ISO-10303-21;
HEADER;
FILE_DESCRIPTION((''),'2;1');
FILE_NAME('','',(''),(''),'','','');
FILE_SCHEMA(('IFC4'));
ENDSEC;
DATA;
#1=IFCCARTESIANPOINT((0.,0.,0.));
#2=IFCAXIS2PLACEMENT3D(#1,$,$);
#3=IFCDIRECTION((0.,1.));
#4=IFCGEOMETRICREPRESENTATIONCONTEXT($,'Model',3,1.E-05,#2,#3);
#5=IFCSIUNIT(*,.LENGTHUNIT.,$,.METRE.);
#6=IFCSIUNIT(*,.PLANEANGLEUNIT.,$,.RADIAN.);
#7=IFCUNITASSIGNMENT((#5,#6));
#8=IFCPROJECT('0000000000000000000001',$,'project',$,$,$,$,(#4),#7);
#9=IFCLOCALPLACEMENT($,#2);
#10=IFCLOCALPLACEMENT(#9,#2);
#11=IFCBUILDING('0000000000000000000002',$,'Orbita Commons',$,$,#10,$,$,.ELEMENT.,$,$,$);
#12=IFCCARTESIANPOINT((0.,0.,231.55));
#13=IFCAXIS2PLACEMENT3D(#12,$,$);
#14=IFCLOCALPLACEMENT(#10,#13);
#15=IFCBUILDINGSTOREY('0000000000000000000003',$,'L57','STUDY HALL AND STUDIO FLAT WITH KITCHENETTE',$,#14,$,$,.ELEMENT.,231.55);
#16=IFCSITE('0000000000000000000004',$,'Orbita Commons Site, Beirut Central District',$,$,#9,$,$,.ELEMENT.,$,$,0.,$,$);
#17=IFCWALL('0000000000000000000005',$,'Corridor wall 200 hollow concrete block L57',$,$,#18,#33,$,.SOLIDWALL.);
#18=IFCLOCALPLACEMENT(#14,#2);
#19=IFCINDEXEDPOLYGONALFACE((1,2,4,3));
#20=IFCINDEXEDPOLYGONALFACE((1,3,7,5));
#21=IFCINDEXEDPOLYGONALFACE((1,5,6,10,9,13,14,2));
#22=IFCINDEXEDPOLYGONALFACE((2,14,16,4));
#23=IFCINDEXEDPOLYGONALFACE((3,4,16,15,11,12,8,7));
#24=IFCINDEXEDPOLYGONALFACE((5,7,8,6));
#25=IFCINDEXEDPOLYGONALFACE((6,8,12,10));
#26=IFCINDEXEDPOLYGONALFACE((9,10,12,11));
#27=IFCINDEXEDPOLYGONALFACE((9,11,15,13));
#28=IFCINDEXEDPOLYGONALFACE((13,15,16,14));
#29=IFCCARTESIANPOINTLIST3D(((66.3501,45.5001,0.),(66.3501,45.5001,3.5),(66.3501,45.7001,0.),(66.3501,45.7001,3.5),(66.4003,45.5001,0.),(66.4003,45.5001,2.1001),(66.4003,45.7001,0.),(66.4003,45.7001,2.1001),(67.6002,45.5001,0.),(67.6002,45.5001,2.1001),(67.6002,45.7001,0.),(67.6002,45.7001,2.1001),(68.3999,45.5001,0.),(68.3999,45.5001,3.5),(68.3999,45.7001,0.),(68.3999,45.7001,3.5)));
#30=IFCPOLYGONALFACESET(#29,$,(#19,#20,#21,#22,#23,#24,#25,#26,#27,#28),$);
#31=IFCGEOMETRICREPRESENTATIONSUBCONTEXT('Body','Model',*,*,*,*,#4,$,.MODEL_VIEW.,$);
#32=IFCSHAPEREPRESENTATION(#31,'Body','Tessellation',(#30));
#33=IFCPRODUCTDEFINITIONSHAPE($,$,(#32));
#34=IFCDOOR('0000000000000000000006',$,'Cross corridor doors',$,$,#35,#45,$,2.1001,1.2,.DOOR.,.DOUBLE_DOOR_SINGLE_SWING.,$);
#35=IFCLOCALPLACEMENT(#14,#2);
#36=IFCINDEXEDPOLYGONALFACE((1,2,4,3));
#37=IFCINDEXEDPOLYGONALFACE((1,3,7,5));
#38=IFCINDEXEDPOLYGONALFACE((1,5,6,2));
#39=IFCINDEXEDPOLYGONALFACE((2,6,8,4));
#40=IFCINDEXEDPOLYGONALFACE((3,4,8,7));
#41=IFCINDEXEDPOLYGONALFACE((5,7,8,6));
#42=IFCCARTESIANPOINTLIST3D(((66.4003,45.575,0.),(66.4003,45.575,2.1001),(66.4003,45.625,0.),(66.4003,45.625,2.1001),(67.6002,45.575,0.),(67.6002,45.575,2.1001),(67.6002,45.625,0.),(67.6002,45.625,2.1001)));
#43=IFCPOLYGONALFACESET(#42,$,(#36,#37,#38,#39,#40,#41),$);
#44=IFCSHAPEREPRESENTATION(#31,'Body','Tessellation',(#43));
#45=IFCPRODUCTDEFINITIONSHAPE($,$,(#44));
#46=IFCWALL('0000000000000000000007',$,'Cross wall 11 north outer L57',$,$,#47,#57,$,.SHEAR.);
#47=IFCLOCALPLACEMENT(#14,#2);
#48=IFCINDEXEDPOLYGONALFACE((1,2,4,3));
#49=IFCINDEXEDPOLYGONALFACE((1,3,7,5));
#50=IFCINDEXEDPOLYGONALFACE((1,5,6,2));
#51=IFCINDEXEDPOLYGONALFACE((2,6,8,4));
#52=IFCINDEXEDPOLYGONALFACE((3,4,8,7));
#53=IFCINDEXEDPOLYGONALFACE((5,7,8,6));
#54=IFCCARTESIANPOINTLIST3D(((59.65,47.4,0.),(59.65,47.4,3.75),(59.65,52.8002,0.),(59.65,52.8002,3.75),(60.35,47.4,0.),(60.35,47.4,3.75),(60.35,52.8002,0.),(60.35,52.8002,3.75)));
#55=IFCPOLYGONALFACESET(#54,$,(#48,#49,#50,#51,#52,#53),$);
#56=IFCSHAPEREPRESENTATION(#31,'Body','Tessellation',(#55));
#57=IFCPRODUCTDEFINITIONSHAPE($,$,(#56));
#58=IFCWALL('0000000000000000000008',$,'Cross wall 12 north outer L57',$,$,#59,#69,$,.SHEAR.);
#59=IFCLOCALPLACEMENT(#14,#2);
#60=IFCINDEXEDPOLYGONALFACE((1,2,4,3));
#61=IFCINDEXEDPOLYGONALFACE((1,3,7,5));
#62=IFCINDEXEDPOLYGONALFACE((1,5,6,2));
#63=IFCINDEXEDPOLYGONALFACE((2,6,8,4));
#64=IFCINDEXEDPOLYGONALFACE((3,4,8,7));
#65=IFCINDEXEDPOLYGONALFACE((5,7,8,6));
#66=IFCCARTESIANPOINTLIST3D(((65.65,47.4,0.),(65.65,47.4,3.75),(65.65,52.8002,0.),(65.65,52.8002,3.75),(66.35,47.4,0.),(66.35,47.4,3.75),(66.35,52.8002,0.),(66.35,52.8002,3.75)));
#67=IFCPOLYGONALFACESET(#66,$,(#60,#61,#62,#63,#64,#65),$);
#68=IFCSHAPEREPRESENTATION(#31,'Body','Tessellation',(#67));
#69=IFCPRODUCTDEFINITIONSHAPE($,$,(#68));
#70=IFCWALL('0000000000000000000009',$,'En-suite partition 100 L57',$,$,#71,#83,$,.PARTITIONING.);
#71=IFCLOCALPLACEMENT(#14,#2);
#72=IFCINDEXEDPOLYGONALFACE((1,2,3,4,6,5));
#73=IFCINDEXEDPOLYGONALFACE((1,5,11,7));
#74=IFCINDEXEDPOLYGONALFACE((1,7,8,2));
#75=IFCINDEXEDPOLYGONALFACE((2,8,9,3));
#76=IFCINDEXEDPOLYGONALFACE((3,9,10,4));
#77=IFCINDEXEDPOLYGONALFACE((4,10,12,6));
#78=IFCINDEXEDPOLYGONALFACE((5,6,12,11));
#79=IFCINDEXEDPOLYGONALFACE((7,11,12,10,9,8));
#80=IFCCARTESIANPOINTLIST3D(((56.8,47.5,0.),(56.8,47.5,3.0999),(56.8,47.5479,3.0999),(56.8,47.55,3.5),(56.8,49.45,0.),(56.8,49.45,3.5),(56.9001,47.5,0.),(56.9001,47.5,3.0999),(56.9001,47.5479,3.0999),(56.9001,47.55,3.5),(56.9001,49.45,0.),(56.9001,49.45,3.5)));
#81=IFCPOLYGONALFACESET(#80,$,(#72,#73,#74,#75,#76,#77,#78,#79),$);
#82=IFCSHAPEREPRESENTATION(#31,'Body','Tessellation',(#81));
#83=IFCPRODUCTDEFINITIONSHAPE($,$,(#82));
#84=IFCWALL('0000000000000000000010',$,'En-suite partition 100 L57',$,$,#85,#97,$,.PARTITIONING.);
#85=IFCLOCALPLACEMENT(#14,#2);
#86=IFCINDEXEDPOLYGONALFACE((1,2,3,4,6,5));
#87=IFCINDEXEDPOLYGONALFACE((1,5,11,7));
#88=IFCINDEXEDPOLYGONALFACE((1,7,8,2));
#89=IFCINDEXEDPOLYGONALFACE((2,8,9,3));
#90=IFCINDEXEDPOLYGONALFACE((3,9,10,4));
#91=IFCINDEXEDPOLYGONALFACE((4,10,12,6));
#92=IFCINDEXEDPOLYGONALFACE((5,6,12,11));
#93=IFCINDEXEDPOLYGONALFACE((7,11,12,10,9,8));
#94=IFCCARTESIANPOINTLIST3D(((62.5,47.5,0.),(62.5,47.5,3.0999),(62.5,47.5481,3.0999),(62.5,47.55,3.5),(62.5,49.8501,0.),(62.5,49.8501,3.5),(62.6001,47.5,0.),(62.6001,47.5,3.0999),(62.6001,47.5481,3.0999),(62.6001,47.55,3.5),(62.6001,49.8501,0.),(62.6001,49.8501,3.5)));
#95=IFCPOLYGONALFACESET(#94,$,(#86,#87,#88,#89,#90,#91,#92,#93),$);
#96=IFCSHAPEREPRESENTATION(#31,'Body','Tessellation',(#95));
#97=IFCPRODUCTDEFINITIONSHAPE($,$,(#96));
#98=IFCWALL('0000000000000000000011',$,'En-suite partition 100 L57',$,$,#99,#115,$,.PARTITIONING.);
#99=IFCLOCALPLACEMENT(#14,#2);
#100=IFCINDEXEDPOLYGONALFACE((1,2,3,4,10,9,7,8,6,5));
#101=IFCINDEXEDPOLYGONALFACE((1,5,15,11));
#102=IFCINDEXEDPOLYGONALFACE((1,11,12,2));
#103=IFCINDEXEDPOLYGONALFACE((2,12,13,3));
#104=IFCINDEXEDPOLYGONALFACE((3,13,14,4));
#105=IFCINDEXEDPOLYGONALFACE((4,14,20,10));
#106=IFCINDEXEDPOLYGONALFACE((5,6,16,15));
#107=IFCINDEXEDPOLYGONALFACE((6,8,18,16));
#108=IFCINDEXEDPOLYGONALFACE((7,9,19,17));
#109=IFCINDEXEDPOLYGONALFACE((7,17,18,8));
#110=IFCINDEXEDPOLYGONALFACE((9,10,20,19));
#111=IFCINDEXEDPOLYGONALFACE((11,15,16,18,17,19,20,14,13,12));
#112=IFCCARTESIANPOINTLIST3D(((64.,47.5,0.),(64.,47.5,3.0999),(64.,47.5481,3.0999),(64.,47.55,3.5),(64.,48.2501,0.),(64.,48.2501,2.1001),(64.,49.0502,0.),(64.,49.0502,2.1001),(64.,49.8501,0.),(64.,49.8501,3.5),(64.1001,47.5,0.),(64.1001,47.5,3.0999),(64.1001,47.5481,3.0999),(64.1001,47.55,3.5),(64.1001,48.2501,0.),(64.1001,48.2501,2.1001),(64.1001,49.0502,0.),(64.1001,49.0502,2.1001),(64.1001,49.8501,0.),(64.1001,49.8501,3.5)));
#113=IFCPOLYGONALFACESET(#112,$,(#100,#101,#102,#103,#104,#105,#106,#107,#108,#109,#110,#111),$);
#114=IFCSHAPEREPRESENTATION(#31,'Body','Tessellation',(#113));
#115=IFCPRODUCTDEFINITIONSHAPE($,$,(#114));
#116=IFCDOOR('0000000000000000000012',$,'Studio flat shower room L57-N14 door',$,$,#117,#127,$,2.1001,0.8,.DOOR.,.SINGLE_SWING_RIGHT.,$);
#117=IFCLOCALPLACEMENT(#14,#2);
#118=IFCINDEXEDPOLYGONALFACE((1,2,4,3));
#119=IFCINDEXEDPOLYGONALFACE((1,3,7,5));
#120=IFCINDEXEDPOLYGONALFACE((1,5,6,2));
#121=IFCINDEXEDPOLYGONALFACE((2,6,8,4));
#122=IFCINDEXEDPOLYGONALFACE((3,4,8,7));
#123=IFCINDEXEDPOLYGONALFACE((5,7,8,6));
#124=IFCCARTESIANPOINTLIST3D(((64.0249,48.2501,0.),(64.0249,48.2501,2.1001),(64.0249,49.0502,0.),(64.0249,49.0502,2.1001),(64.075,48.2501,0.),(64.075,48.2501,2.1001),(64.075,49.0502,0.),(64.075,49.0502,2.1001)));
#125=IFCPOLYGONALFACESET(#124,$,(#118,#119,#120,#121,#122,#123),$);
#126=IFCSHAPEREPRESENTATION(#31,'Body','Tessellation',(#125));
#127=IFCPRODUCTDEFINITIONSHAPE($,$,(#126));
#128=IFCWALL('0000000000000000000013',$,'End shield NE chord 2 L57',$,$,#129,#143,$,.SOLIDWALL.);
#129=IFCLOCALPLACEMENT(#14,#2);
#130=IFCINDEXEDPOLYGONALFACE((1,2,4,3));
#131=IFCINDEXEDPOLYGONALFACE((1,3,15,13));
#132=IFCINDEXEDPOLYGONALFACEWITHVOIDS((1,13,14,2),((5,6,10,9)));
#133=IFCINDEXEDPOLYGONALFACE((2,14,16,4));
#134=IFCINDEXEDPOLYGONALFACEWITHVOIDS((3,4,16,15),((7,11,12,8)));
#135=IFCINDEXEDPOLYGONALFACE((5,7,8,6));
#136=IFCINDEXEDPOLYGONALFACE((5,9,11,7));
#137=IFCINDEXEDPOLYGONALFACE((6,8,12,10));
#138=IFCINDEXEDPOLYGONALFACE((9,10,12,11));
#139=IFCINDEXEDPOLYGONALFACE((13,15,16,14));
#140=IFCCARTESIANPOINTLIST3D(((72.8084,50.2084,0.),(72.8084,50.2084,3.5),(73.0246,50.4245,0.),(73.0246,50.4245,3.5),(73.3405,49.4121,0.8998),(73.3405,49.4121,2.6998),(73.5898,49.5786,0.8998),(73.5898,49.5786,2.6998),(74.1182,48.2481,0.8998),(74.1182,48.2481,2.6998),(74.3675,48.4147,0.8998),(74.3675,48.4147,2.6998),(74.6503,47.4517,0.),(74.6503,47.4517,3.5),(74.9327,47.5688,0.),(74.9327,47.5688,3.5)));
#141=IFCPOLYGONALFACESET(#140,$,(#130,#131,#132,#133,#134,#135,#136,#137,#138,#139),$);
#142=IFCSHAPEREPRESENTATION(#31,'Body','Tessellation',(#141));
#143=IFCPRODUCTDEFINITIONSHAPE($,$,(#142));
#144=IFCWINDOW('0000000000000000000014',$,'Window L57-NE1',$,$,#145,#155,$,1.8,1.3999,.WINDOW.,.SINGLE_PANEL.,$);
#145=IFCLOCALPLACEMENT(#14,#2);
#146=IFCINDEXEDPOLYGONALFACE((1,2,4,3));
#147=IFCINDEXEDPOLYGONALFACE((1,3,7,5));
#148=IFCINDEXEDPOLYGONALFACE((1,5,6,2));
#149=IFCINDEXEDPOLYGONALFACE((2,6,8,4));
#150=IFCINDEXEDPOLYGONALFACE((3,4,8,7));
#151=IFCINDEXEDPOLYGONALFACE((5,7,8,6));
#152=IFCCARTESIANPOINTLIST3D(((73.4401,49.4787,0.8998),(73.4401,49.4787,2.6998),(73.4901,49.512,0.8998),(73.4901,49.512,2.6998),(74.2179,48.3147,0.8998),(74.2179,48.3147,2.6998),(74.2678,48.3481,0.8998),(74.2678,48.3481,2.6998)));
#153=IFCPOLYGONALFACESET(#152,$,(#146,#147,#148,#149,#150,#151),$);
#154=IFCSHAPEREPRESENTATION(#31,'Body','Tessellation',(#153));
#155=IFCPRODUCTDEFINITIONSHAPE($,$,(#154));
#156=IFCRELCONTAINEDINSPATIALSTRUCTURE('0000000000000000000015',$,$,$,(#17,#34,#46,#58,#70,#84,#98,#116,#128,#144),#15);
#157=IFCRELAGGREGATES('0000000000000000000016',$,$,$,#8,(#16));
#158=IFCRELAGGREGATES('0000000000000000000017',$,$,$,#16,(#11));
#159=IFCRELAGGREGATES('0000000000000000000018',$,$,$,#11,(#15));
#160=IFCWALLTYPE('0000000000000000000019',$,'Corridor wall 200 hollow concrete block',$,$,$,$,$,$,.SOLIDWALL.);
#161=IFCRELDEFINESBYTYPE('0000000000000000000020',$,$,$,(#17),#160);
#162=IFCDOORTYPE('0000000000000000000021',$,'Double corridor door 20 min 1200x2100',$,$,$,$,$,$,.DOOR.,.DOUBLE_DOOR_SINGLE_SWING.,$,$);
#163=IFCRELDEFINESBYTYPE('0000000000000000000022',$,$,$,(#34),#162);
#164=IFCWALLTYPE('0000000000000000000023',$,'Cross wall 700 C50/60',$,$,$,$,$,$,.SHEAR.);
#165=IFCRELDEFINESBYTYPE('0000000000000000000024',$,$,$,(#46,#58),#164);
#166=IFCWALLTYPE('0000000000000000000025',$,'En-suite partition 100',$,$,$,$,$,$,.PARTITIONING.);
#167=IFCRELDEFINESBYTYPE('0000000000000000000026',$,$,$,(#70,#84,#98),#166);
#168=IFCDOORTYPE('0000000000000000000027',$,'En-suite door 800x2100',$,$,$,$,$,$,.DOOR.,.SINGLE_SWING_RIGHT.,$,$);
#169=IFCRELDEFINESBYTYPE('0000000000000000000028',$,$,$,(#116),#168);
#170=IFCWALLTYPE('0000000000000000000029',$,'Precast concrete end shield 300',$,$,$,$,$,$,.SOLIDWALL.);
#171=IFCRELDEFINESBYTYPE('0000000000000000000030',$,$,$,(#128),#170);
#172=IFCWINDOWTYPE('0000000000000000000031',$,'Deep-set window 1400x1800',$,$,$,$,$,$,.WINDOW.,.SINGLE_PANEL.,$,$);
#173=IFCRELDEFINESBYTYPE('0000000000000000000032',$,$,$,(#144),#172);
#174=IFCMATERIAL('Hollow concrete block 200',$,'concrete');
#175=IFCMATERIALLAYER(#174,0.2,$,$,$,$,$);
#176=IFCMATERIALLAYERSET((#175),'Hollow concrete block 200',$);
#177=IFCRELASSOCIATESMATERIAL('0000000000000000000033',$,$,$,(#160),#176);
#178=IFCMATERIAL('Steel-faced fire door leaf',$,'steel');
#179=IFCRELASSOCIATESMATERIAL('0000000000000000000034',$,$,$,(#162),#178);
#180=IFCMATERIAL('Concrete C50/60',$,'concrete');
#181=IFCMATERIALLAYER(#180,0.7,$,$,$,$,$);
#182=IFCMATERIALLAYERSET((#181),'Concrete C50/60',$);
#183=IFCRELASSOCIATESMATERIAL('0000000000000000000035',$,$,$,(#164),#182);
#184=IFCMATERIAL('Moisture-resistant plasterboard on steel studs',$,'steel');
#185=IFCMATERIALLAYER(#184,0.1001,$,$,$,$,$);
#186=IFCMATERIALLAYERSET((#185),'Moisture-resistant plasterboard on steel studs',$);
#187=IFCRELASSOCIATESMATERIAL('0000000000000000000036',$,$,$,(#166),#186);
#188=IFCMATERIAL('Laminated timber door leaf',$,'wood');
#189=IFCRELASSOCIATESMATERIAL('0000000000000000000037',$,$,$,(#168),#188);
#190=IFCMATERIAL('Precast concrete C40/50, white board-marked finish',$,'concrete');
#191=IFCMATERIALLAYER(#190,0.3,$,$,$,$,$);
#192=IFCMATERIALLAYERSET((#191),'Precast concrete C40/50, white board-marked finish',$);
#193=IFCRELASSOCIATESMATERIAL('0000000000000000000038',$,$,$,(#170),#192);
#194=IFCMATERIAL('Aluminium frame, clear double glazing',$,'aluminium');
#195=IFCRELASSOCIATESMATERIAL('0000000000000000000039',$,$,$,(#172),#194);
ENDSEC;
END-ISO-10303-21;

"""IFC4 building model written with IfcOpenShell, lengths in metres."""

from ifc_helpers import new_model, si_unit, direction, frame, frame_2d, origin, place, context, subcontext, project, spatial, polyline, rectangle, outline, extrude, material, layer, layer_set, type_object, element, fill, save


model = new_model("IFC4")

# Units and contexts
model_context = context("Model", 3, precision=1e-05, world=origin(), true_north=direction((0.0, 1.0)))
body_context = subcontext(model_context, "Body", "Model", "MODEL_VIEW")
ifc_project = project(units=[si_unit("LENGTHUNIT", "METRE"), si_unit("PLANEANGLEUNIT", "RADIAN")], contexts=[model_context])

# Site, building, storey
site_placement = place(None, origin())
site = spatial("IfcSite", under=ifc_project, at=site_placement, Name="Orbita Commons Site, Beirut Central District", CompositionType="ELEMENT", RefElevation=0.0)
building_placement = place(site_placement, origin())
building = spatial("IfcBuilding", under=site, at=building_placement, Name="Orbita Commons", CompositionType="ELEMENT")
storey_placement = place(building_placement, frame((0.0, 0.0, 231.55)))
storey = spatial("IfcBuildingStorey", under=building, at=storey_placement, Name="L57", Description="STUDY HALL AND STUDIO FLAT WITH KITCHENETTE", CompositionType="ELEMENT", Elevation=231.55)

# Shared definitions
ifc_material_1 = material(Name="Hollow concrete block 200", Category="concrete")
ifc_layer_1 = layer(ifc_material_1, 0.2)
ifc_layer_set_1 = layer_set([ifc_layer_1], Name="Hollow concrete block 200")
wall_type_1 = type_object("IfcWallType", Name="Corridor wall 200 hollow concrete block", PredefinedType="SOLIDWALL", material=ifc_layer_set_1)

# Wall, opening, door
wall_1_placement = place(storey_placement, frame((66.3501, 45.6001, 0.0), z_axis=(0.0, 0.0, 1.0), x_axis=(1.0, 0.0, 0.0)))
wall_1 = element("IfcWall", 1, at=wall_1_placement, inside=storey, type_object=wall_type_1, Name="Corridor wall 200 hollow concrete block L57", PredefinedType="SOLIDWALL", context=body_context, shape_type="SweptSolid", body=[
    extrude(rectangle(XDim=2.0498, YDim=0.2, at=frame_2d((1.0249, 0.0))), origin(), (0.0, 0.0, 1.0), 3.5),
])
opening_1_placement = place(wall_1_placement, frame((0.05, 0.0, 0.0)))
opening_1 = element("IfcOpeningElement", 2, at=opening_1_placement, cuts=wall_1, PredefinedType="OPENING", context=body_context, shape_type="SweptSolid", body=[
    extrude(rectangle(XDim=1.2, YDim=2.1001, at=frame_2d((0.6001, 1.05))), frame((0.0, 0.1099, 0.0), z_axis=(0.0, -1.0, 0.0), x_axis=(1.0, 0.0, 0.0)), (0.0, 0.0, 1.0), 0.22),
])
ifc_material_2 = material(Name="Steel-faced fire door leaf", Category="steel")
door_type_1 = type_object("IfcDoorType", Name="Double corridor door 20 min 1200x2100", OperationType="DOUBLE_DOOR_SINGLE_SWING", PredefinedType="DOOR", material=ifc_material_2)
door_1_placement = place(opening_1_placement, origin())
door_1 = element("IfcDoor", 3, at=door_1_placement, inside=storey, type_object=door_type_1, Name="Cross corridor doors", OperationType="DOUBLE_DOOR_SINGLE_SWING", OverallHeight=2.1001, OverallWidth=1.2, PredefinedType="DOOR", context=body_context, shape_type="SweptSolid", body=[
    extrude(rectangle(XDim=1.2, YDim=2.1001, at=frame_2d((0.6001, 1.05))), frame((0.0, 0.0249, 0.0), z_axis=(0.0, -1.0, 0.0), x_axis=(1.0, 0.0, 0.0)), (0.0, 0.0, 1.0), 0.05),
])
fill(opening_1, door_1)

# Walls
ifc_material_3 = material(Name="Concrete C50/60", Category="concrete")
ifc_layer_2 = layer(ifc_material_3, 0.7)
ifc_layer_set_2 = layer_set([ifc_layer_2], Name="Concrete C50/60")
wall_type_2 = type_object("IfcWallType", Name="Cross wall 700 C50/60", PredefinedType="SHEAR", material=ifc_layer_set_2)
for number, where, z_axis, x_axis, name in (
    (4, (60.0, 47.3999, 0.0), (0.0, 0.0, 1.0), (0.0, 1.0, 0.0), "Cross wall 11 north outer L57"),
    (5, (66.0, 47.3999, 0.0), (0.0, 0.0, 1.0), (0.0, 1.0, 0.0), "Cross wall 12 north outer L57"),
):
    element("IfcWall", number, at=place(storey_placement, frame(where, z_axis=z_axis, x_axis=x_axis)), inside=storey, type_object=wall_type_2, Name=name, PredefinedType="SHEAR", context=body_context, shape_type="SweptSolid", body=[
        extrude(rectangle(XDim=5.4001, YDim=0.7, at=frame_2d((2.7002, 0.0))), origin(), (0.0, 0.0, 1.0), 3.75),
    ])
ifc_material_4 = material(Name="Moisture-resistant plasterboard on steel studs", Category="steel")
ifc_layer_3 = layer(ifc_material_4, 0.1001)
ifc_layer_set_3 = layer_set([ifc_layer_3], Name="Moisture-resistant plasterboard on steel studs")
wall_type_3 = type_object("IfcWallType", Name="En-suite partition 100", PredefinedType="PARTITIONING", material=ifc_layer_set_3)
wall_2_placement = place(storey_placement, frame((56.8501, 49.45, 0.0), z_axis=(0.0, 0.0, 1.0), x_axis=(0.0, -1.0, 0.0)))
element("IfcWall", 6, at=wall_2_placement, inside=storey, type_object=wall_type_3, Name="En-suite partition 100 L57", PredefinedType="PARTITIONING", context=body_context, shape_type="SweptSolid", body=[
    extrude(outline(polyline([(0.0, 0.0), (1.95, 0.0), (1.95, 3.0999), (1.9021, 3.0999), (1.8999, 3.5), (0.0, 3.5), (0.0, 0.0)])), frame((0.0, 0.05, 0.0), z_axis=(0.0, -1.0, 0.0), x_axis=(1.0, 0.0, 0.0)), (0.0, 0.0, 1.0), 0.1001),
])
wall_3_placement = place(storey_placement, frame((62.55, 49.8501, 0.0), z_axis=(0.0, 0.0, 1.0), x_axis=(0.0, -1.0, 0.0)))
element("IfcWall", 7, at=wall_3_placement, inside=storey, type_object=wall_type_3, Name="En-suite partition 100 L57", PredefinedType="PARTITIONING", context=body_context, shape_type="SweptSolid", body=[
    extrude(outline(polyline([(0.0, 0.0), (2.3501, 0.0), (2.3501, 3.0999), (2.302, 3.0999), (2.3, 3.5), (0.0, 3.5), (0.0, 0.0)])), frame((0.0, 0.05, 0.0), z_axis=(0.0, -1.0, 0.0), x_axis=(1.0, 0.0, 0.0)), (0.0, 0.0, 1.0), 0.1001),
])

# Wall, opening, door
wall_4_placement = place(storey_placement, frame((64.05, 49.8501, 0.0), z_axis=(0.0, 0.0, 1.0), x_axis=(0.0, -1.0, 0.0)))
wall_4 = element("IfcWall", 8, at=wall_4_placement, inside=storey, type_object=wall_type_3, Name="En-suite partition 100 L57", PredefinedType="PARTITIONING", context=body_context, shape_type="SweptSolid", body=[
    extrude(outline(polyline([(0.0, 0.0), (2.3501, 0.0), (2.3501, 3.0999), (2.302, 3.0999), (2.3, 3.5), (0.0, 3.5), (0.0, 0.0)])), frame((0.0, 0.05, 0.0), z_axis=(0.0, -1.0, 0.0), x_axis=(1.0, 0.0, 0.0)), (0.0, 0.0, 1.0), 0.1001),
])
opening_2_placement = place(wall_4_placement, frame((0.8, 0.0, 0.0)))
opening_2 = element("IfcOpeningElement", 9, at=opening_2_placement, cuts=wall_4, PredefinedType="OPENING", context=body_context, shape_type="SweptSolid", body=[
    extrude(rectangle(XDim=0.8, YDim=2.1001, at=frame_2d((0.3999, 1.05))), frame((0.0, 0.0601, 0.0), z_axis=(0.0, -1.0, 0.0), x_axis=(1.0, 0.0, 0.0)), (0.0, 0.0, 1.0), 0.1201),
])
ifc_material_5 = material(Name="Laminated timber door leaf", Category="wood")
door_type_2 = type_object("IfcDoorType", Name="En-suite door 800x2100", OperationType="SINGLE_SWING_RIGHT", PredefinedType="DOOR", material=ifc_material_5)
door_2_placement = place(opening_2_placement, origin())
door_2 = element("IfcDoor", 10, at=door_2_placement, inside=storey, type_object=door_type_2, Name="Studio flat shower room L57-N14 door", OperationType="SINGLE_SWING_RIGHT", OverallHeight=2.1001, OverallWidth=0.8, PredefinedType="DOOR", context=body_context, shape_type="SweptSolid", body=[
    extrude(rectangle(XDim=0.8, YDim=2.1001, at=frame_2d((0.3999, 1.05))), frame((0.0, 0.0249, 0.0), z_axis=(0.0, -1.0, 0.0), x_axis=(1.0, 0.0, 0.0)), (0.0, 0.0, 1.0), 0.05),
])
fill(opening_2, door_2)

# Wall, opening, window
ifc_material_6 = material(Name="Precast concrete C40/50, white board-marked finish", Category="concrete")
ifc_layer_4 = layer(ifc_material_6, 0.3)
ifc_layer_set_4 = layer_set([ifc_layer_4], Name="Precast concrete C40/50, white board-marked finish")
wall_type_4 = type_object("IfcWallType", Name="Precast concrete end shield 300", PredefinedType="SOLIDWALL", material=ifc_layer_set_4)
wall_5_placement = place(storey_placement, frame((74.7915, 47.5103, 0.0), z_axis=(0.0, 0.0, 1.0), x_axis=(-0.555568, 0.831471, 0.0)))
wall_5 = element("IfcWall", 11, at=wall_5_placement, inside=storey, type_object=wall_type_4, Name="End shield NE chord 2 L57", PredefinedType="SOLIDWALL", context=body_context, shape_type="SweptSolid", body=[
    extrude(outline(polyline([(-0.0298, -0.1499), (3.4048, -0.1499), (3.3452, 0.1499), (0.0298, 0.1499), (-0.0298, -0.1499)])), origin(), (0.0, 0.0, 1.0), 3.5),
])
opening_3_placement = place(wall_5_placement, frame((0.9875, 0.0, 0.8999)))
opening_3 = element("IfcOpeningElement", 12, at=opening_3_placement, cuts=wall_5, PredefinedType="OPENING", context=body_context, shape_type="SweptSolid", body=[
    extrude(rectangle(XDim=1.3999, YDim=1.8, at=frame_2d((0.7, 0.8999))), frame((0.0, 0.1599, 0.0), z_axis=(0.0, -1.0, 0.0), x_axis=(1.0, 0.0, 0.0)), (0.0, 0.0, 1.0), 0.3201),
])
ifc_material_7 = material(Name="Aluminium frame, clear double glazing", Category="aluminium")
window_type = type_object("IfcWindowType", Name="Deep-set window 1400x1800", PartitioningType="SINGLE_PANEL", PredefinedType="WINDOW", material=ifc_material_7)
window_placement = place(opening_3_placement, origin())
window = element("IfcWindow", 13, at=window_placement, inside=storey, type_object=window_type, Name="Window L57-NE1", OverallHeight=1.8, OverallWidth=1.3999, PartitioningType="SINGLE_PANEL", PredefinedType="WINDOW", context=body_context, shape_type="SweptSolid", body=[
    extrude(rectangle(XDim=1.3999, YDim=1.8, at=frame_2d((0.7, 0.8999))), frame((0.0, 0.03, 0.0), z_axis=(0.0, -1.0, 0.0), x_axis=(1.0, 0.0, 0.0)), (0.0, 0.0, 1.0), 0.0601),
])
fill(opening_3, window)

save(model, "model.ifc")
